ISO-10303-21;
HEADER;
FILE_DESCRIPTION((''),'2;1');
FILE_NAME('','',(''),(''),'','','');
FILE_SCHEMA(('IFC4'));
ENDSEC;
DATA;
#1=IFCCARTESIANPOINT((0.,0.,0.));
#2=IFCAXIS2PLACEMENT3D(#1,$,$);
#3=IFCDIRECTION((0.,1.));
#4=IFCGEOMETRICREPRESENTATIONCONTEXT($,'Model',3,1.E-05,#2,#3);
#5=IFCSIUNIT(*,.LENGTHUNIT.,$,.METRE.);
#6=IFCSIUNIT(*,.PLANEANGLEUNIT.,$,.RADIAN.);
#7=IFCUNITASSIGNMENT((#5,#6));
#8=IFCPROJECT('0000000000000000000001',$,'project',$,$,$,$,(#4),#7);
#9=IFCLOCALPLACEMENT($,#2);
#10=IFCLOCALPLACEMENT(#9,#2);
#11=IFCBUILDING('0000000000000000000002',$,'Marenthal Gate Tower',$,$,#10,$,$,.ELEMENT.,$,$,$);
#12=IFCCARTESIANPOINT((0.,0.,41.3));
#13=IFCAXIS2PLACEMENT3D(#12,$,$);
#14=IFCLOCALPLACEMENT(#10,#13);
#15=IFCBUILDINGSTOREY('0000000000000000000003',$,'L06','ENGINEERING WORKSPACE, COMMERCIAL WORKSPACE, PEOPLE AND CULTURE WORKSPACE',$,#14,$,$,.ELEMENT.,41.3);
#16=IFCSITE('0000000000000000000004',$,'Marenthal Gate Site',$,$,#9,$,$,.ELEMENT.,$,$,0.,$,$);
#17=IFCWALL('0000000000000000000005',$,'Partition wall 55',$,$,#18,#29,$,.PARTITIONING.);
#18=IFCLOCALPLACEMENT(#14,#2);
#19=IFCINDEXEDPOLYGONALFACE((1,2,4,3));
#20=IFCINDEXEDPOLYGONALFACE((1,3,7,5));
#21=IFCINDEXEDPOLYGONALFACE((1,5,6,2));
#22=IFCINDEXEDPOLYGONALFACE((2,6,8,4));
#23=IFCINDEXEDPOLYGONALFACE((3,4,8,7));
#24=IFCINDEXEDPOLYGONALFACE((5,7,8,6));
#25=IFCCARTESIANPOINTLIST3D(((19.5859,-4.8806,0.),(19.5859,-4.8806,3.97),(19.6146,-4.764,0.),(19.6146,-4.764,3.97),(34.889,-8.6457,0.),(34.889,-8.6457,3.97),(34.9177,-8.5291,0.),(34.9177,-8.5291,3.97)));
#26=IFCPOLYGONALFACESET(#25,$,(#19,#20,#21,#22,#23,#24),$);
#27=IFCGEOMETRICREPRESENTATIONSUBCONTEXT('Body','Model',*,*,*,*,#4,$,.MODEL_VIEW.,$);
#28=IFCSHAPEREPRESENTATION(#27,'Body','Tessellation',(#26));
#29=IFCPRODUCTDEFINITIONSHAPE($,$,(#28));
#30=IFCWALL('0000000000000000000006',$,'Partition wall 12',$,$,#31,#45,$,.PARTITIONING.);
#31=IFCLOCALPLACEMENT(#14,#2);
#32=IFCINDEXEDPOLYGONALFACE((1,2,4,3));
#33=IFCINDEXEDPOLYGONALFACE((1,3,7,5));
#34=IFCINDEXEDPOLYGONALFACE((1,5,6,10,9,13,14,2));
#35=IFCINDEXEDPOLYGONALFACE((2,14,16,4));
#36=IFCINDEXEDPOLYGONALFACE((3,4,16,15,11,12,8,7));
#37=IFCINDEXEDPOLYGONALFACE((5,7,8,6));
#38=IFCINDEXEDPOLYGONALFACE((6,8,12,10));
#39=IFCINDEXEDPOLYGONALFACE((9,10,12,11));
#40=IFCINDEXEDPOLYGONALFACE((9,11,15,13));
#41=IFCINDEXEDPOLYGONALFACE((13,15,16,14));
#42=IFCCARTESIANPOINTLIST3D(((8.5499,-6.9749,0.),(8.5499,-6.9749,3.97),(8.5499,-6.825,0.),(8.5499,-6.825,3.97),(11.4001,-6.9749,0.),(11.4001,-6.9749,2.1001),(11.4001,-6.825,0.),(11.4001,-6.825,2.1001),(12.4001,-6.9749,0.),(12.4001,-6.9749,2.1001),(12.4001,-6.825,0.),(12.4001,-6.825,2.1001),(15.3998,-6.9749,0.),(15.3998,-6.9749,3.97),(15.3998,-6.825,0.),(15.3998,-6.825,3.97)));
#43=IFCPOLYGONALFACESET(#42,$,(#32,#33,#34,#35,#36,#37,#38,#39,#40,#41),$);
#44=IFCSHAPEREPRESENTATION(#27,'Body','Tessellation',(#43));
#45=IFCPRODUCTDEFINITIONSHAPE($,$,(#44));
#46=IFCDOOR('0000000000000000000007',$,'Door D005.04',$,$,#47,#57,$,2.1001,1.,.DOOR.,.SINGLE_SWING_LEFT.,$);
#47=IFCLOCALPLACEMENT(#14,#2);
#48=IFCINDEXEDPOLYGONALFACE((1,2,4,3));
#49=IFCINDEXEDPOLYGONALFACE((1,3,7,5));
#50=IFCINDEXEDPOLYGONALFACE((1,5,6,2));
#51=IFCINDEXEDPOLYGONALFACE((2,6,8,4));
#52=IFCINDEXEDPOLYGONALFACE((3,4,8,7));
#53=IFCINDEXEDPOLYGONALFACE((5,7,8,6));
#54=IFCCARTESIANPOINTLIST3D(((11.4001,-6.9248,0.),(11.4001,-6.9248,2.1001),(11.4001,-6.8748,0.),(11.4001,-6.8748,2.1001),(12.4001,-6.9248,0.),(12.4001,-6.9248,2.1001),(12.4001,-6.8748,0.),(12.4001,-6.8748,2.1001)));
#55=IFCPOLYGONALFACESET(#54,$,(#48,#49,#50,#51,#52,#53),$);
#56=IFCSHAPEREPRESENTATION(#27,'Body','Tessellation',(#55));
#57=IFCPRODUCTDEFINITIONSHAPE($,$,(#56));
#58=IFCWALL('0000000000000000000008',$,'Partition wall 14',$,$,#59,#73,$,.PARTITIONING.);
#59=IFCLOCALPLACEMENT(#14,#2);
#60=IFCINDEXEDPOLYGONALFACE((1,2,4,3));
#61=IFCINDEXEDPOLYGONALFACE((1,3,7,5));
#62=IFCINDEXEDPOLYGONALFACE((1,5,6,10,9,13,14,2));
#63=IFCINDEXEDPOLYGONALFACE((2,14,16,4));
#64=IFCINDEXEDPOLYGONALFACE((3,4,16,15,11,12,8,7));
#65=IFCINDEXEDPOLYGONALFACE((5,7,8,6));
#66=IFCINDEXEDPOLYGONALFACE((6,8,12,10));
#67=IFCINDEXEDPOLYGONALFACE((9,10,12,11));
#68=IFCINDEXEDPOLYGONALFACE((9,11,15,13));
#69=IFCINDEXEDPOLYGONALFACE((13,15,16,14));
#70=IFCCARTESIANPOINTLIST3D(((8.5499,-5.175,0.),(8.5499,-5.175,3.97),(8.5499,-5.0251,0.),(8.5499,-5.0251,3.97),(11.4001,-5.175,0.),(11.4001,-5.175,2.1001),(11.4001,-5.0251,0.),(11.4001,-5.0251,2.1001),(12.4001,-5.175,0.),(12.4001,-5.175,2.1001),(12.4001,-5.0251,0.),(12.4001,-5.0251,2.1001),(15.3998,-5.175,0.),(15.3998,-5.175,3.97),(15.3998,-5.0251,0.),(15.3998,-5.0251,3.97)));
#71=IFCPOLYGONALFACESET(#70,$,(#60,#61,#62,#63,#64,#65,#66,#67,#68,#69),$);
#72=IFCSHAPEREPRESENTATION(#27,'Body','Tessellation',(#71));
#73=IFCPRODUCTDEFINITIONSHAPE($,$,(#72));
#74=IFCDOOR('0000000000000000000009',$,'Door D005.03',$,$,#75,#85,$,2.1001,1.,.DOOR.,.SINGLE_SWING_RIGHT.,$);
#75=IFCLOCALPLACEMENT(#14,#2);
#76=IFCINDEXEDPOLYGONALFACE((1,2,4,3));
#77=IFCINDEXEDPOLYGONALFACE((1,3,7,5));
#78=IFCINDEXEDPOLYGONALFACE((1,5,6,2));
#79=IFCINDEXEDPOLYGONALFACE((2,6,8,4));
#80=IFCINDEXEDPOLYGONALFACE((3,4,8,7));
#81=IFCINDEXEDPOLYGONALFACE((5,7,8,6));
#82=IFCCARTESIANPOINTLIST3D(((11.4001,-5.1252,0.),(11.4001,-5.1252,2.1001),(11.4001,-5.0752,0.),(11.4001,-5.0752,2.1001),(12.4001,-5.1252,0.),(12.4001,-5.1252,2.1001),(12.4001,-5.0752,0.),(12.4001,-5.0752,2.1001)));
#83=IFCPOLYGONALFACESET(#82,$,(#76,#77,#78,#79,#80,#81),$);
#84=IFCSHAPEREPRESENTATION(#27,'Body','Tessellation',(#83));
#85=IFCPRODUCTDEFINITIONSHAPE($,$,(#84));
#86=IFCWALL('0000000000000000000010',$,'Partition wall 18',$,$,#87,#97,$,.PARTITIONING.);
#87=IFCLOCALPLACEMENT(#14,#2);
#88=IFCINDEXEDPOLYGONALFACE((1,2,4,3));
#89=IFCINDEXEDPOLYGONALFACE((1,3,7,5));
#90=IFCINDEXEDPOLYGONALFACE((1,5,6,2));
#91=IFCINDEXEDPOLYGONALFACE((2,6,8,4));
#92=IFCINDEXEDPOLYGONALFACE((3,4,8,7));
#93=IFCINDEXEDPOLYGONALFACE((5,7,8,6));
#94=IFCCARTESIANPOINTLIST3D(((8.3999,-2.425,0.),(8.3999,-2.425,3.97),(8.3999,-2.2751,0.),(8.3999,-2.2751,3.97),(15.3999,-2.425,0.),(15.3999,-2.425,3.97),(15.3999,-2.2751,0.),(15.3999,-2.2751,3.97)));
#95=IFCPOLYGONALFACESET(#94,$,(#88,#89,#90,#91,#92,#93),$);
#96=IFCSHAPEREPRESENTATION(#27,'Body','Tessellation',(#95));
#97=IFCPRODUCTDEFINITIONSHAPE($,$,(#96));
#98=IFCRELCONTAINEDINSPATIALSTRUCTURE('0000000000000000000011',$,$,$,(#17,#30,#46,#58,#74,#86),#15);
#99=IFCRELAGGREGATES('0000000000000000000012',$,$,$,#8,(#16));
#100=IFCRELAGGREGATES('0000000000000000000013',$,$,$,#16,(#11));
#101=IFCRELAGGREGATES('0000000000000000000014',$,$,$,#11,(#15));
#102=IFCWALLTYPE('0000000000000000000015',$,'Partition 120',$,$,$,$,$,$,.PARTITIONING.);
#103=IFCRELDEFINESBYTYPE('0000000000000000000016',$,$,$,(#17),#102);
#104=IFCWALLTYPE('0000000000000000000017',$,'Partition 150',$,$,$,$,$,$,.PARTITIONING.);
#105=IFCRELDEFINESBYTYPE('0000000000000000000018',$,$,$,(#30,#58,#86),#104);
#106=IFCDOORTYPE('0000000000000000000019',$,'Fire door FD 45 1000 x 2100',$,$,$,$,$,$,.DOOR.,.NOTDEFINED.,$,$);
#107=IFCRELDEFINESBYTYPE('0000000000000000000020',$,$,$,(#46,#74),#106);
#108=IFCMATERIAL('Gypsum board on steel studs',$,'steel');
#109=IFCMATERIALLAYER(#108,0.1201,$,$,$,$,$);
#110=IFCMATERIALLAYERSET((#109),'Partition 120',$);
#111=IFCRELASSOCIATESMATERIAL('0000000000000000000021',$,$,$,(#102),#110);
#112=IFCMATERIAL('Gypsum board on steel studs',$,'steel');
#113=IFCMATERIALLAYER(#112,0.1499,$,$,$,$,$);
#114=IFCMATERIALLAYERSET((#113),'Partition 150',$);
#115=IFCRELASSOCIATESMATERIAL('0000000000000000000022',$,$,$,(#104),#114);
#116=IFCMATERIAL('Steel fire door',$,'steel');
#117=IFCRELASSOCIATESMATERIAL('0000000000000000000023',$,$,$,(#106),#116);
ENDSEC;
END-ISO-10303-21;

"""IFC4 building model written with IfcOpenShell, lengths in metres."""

from ifc_helpers import new_model, si_unit, direction, frame, frame_2d, origin, place, context, subcontext, project, spatial, rectangle, extrude, material, layer, layer_set, type_object, element, fill, save


model = new_model("IFC4")

# Units and contexts
model_context = context("Model", 3, precision=1e-05, world=origin(), true_north=direction((0.0, 1.0)))
body_context = subcontext(model_context, "Body", "Model", "MODEL_VIEW")
ifc_project = project(units=[si_unit("LENGTHUNIT", "METRE"), si_unit("PLANEANGLEUNIT", "RADIAN")], contexts=[model_context])

# Site, building, storey
site_placement = place(None, origin())
site = spatial("IfcSite", under=ifc_project, at=site_placement, Name="Marenthal Gate Site", CompositionType="ELEMENT", RefElevation=0.0)
building_placement = place(site_placement, origin())
building = spatial("IfcBuilding", under=site, at=building_placement, Name="Marenthal Gate Tower", CompositionType="ELEMENT")
storey_placement = place(building_placement, frame((0.0, 0.0, 41.3)))
storey = spatial("IfcBuildingStorey", under=building, at=storey_placement, Name="L06", Description="ENGINEERING WORKSPACE, COMMERCIAL WORKSPACE, PEOPLE AND CULTURE WORKSPACE", CompositionType="ELEMENT", Elevation=41.3)

# Wall
ifc_material_1 = material(Name="Gypsum board on steel studs", Category="steel")
ifc_layer_1 = layer(ifc_material_1, 0.1201)
ifc_layer_set_1 = layer_set([ifc_layer_1], Name="Partition 120")
wall_type_1 = type_object("IfcWallType", Name="Partition 120", PredefinedType="PARTITIONING", material=ifc_layer_set_1)
wall_1_placement = place(storey_placement, frame((19.6001, -4.8223, 0.0), z_axis=(0.0, 0.0, 1.0), x_axis=(0.971042, -0.238911, 0.0)))
element("IfcWall", 1, at=wall_1_placement, inside=storey, type_object=wall_type_1, Name="Partition wall 55", PredefinedType="PARTITIONING", context=body_context, shape_type="SweptSolid", body=[
    extrude(rectangle(XDim=15.7595, YDim=0.1201, at=frame_2d((7.8799, 0.0))), origin(), (0.0, 0.0, 1.0), 3.97),
])

# Walls, openings, doors
ifc_material_2 = material(Name="Gypsum board on steel studs", Category="steel")
ifc_layer_2 = layer(ifc_material_2, 0.1499)
ifc_layer_set_2 = layer_set([ifc_layer_2], Name="Partition 150")
wall_type_2 = type_object("IfcWallType", Name="Partition 150", PredefinedType="PARTITIONING", material=ifc_layer_set_2)
wall_2_placement = place(storey_placement, frame((8.55, -6.8999, 0.0), z_axis=(0.0, 0.0, 1.0), x_axis=(1.0, 0.0, 0.0)))
wall_2 = element("IfcWall", 2, at=wall_2_placement, inside=storey, type_object=wall_type_2, Name="Partition wall 12", PredefinedType="PARTITIONING", context=body_context, shape_type="SweptSolid", body=[
    extrude(rectangle(XDim=6.8499, YDim=0.1499, at=frame_2d((3.4248, 0.0))), origin(), (0.0, 0.0, 1.0), 3.97),
])
opening_1_placement = place(wall_2_placement, frame((2.8501, 0.0, 0.0)))
opening_1 = element("IfcOpeningElement", 3, at=opening_1_placement, cuts=wall_2, PredefinedType="OPENING", context=body_context, shape_type="SweptSolid", body=[
    extrude(rectangle(XDim=1.0, YDim=2.1001, at=frame_2d((0.5, 1.05))), frame((0.0, 0.085, 0.0), z_axis=(0.0, -1.0, 0.0), x_axis=(1.0, 0.0, 0.0)), (0.0, 0.0, 1.0), 0.1699),
])
ifc_material_3 = material(Name="Steel fire door", Category="steel")
door_type = type_object("IfcDoorType", Name="Fire door FD 45 1000 x 2100", OperationType="NOTDEFINED", PredefinedType="DOOR", material=ifc_material_3)
door_1_placement = place(opening_1_placement, frame((1.0, 0.0, 0.0), z_axis=(0.0, 0.0, 1.0), x_axis=(-1.0, 0.0, 0.0)))
door_1 = element("IfcDoor", 4, at=door_1_placement, inside=storey, type_object=door_type, Name="Door D005.04", OperationType="SINGLE_SWING_LEFT", OverallHeight=2.1001, OverallWidth=1.0, PredefinedType="DOOR", context=body_context, shape_type="SweptSolid", body=[
    extrude(rectangle(XDim=1.0, YDim=2.1001, at=frame_2d((0.5, 1.05))), frame((0.0, 0.0249, 0.0), z_axis=(0.0, -1.0, 0.0), x_axis=(1.0, 0.0, 0.0)), (0.0, 0.0, 1.0), 0.05),
])
fill(opening_1, door_1)
wall_3_placement = place(storey_placement, frame((8.55, -5.1001, 0.0), z_axis=(0.0, 0.0, 1.0), x_axis=(1.0, 0.0, 0.0)))
wall_3 = element("IfcWall", 5, at=wall_3_placement, inside=storey, type_object=wall_type_2, Name="Partition wall 14", PredefinedType="PARTITIONING", context=body_context, shape_type="SweptSolid", body=[
    extrude(rectangle(XDim=6.8499, YDim=0.1499, at=frame_2d((3.4248, 0.0))), origin(), (0.0, 0.0, 1.0), 3.97),
])
opening_2_placement = place(wall_3_placement, frame((2.8501, 0.0, 0.0)))
opening_2 = element("IfcOpeningElement", 6, at=opening_2_placement, cuts=wall_3, PredefinedType="OPENING", context=body_context, shape_type="SweptSolid", body=[
    extrude(rectangle(XDim=1.0, YDim=2.1001, at=frame_2d((0.5, 1.05))), frame((0.0, 0.085, 0.0), z_axis=(0.0, -1.0, 0.0), x_axis=(1.0, 0.0, 0.0)), (0.0, 0.0, 1.0), 0.1699),
])
door_2_placement = place(opening_2_placement, origin())
door_2 = element("IfcDoor", 7, at=door_2_placement, inside=storey, type_object=door_type, Name="Door D005.03", OperationType="SINGLE_SWING_RIGHT", OverallHeight=2.1001, OverallWidth=1.0, PredefinedType="DOOR", context=body_context, shape_type="SweptSolid", body=[
    extrude(rectangle(XDim=1.0, YDim=2.1001, at=frame_2d((0.5, 1.05))), frame((0.0, 0.0249, 0.0), z_axis=(0.0, -1.0, 0.0), x_axis=(1.0, 0.0, 0.0)), (0.0, 0.0, 1.0), 0.05),
])
fill(opening_2, door_2)

# Wall
wall_4_placement = place(storey_placement, frame((8.3999, -2.3501, 0.0), z_axis=(0.0, 0.0, 1.0), x_axis=(1.0, 0.0, 0.0)))
element("IfcWall", 8, at=wall_4_placement, inside=storey, type_object=wall_type_2, Name="Partition wall 18", PredefinedType="PARTITIONING", context=body_context, shape_type="SweptSolid", body=[
    extrude(rectangle(XDim=7.0, YDim=0.1499, at=frame_2d((3.5, 0.0))), origin(), (0.0, 0.0, 1.0), 3.97),
])

save(model, "model.ifc")
